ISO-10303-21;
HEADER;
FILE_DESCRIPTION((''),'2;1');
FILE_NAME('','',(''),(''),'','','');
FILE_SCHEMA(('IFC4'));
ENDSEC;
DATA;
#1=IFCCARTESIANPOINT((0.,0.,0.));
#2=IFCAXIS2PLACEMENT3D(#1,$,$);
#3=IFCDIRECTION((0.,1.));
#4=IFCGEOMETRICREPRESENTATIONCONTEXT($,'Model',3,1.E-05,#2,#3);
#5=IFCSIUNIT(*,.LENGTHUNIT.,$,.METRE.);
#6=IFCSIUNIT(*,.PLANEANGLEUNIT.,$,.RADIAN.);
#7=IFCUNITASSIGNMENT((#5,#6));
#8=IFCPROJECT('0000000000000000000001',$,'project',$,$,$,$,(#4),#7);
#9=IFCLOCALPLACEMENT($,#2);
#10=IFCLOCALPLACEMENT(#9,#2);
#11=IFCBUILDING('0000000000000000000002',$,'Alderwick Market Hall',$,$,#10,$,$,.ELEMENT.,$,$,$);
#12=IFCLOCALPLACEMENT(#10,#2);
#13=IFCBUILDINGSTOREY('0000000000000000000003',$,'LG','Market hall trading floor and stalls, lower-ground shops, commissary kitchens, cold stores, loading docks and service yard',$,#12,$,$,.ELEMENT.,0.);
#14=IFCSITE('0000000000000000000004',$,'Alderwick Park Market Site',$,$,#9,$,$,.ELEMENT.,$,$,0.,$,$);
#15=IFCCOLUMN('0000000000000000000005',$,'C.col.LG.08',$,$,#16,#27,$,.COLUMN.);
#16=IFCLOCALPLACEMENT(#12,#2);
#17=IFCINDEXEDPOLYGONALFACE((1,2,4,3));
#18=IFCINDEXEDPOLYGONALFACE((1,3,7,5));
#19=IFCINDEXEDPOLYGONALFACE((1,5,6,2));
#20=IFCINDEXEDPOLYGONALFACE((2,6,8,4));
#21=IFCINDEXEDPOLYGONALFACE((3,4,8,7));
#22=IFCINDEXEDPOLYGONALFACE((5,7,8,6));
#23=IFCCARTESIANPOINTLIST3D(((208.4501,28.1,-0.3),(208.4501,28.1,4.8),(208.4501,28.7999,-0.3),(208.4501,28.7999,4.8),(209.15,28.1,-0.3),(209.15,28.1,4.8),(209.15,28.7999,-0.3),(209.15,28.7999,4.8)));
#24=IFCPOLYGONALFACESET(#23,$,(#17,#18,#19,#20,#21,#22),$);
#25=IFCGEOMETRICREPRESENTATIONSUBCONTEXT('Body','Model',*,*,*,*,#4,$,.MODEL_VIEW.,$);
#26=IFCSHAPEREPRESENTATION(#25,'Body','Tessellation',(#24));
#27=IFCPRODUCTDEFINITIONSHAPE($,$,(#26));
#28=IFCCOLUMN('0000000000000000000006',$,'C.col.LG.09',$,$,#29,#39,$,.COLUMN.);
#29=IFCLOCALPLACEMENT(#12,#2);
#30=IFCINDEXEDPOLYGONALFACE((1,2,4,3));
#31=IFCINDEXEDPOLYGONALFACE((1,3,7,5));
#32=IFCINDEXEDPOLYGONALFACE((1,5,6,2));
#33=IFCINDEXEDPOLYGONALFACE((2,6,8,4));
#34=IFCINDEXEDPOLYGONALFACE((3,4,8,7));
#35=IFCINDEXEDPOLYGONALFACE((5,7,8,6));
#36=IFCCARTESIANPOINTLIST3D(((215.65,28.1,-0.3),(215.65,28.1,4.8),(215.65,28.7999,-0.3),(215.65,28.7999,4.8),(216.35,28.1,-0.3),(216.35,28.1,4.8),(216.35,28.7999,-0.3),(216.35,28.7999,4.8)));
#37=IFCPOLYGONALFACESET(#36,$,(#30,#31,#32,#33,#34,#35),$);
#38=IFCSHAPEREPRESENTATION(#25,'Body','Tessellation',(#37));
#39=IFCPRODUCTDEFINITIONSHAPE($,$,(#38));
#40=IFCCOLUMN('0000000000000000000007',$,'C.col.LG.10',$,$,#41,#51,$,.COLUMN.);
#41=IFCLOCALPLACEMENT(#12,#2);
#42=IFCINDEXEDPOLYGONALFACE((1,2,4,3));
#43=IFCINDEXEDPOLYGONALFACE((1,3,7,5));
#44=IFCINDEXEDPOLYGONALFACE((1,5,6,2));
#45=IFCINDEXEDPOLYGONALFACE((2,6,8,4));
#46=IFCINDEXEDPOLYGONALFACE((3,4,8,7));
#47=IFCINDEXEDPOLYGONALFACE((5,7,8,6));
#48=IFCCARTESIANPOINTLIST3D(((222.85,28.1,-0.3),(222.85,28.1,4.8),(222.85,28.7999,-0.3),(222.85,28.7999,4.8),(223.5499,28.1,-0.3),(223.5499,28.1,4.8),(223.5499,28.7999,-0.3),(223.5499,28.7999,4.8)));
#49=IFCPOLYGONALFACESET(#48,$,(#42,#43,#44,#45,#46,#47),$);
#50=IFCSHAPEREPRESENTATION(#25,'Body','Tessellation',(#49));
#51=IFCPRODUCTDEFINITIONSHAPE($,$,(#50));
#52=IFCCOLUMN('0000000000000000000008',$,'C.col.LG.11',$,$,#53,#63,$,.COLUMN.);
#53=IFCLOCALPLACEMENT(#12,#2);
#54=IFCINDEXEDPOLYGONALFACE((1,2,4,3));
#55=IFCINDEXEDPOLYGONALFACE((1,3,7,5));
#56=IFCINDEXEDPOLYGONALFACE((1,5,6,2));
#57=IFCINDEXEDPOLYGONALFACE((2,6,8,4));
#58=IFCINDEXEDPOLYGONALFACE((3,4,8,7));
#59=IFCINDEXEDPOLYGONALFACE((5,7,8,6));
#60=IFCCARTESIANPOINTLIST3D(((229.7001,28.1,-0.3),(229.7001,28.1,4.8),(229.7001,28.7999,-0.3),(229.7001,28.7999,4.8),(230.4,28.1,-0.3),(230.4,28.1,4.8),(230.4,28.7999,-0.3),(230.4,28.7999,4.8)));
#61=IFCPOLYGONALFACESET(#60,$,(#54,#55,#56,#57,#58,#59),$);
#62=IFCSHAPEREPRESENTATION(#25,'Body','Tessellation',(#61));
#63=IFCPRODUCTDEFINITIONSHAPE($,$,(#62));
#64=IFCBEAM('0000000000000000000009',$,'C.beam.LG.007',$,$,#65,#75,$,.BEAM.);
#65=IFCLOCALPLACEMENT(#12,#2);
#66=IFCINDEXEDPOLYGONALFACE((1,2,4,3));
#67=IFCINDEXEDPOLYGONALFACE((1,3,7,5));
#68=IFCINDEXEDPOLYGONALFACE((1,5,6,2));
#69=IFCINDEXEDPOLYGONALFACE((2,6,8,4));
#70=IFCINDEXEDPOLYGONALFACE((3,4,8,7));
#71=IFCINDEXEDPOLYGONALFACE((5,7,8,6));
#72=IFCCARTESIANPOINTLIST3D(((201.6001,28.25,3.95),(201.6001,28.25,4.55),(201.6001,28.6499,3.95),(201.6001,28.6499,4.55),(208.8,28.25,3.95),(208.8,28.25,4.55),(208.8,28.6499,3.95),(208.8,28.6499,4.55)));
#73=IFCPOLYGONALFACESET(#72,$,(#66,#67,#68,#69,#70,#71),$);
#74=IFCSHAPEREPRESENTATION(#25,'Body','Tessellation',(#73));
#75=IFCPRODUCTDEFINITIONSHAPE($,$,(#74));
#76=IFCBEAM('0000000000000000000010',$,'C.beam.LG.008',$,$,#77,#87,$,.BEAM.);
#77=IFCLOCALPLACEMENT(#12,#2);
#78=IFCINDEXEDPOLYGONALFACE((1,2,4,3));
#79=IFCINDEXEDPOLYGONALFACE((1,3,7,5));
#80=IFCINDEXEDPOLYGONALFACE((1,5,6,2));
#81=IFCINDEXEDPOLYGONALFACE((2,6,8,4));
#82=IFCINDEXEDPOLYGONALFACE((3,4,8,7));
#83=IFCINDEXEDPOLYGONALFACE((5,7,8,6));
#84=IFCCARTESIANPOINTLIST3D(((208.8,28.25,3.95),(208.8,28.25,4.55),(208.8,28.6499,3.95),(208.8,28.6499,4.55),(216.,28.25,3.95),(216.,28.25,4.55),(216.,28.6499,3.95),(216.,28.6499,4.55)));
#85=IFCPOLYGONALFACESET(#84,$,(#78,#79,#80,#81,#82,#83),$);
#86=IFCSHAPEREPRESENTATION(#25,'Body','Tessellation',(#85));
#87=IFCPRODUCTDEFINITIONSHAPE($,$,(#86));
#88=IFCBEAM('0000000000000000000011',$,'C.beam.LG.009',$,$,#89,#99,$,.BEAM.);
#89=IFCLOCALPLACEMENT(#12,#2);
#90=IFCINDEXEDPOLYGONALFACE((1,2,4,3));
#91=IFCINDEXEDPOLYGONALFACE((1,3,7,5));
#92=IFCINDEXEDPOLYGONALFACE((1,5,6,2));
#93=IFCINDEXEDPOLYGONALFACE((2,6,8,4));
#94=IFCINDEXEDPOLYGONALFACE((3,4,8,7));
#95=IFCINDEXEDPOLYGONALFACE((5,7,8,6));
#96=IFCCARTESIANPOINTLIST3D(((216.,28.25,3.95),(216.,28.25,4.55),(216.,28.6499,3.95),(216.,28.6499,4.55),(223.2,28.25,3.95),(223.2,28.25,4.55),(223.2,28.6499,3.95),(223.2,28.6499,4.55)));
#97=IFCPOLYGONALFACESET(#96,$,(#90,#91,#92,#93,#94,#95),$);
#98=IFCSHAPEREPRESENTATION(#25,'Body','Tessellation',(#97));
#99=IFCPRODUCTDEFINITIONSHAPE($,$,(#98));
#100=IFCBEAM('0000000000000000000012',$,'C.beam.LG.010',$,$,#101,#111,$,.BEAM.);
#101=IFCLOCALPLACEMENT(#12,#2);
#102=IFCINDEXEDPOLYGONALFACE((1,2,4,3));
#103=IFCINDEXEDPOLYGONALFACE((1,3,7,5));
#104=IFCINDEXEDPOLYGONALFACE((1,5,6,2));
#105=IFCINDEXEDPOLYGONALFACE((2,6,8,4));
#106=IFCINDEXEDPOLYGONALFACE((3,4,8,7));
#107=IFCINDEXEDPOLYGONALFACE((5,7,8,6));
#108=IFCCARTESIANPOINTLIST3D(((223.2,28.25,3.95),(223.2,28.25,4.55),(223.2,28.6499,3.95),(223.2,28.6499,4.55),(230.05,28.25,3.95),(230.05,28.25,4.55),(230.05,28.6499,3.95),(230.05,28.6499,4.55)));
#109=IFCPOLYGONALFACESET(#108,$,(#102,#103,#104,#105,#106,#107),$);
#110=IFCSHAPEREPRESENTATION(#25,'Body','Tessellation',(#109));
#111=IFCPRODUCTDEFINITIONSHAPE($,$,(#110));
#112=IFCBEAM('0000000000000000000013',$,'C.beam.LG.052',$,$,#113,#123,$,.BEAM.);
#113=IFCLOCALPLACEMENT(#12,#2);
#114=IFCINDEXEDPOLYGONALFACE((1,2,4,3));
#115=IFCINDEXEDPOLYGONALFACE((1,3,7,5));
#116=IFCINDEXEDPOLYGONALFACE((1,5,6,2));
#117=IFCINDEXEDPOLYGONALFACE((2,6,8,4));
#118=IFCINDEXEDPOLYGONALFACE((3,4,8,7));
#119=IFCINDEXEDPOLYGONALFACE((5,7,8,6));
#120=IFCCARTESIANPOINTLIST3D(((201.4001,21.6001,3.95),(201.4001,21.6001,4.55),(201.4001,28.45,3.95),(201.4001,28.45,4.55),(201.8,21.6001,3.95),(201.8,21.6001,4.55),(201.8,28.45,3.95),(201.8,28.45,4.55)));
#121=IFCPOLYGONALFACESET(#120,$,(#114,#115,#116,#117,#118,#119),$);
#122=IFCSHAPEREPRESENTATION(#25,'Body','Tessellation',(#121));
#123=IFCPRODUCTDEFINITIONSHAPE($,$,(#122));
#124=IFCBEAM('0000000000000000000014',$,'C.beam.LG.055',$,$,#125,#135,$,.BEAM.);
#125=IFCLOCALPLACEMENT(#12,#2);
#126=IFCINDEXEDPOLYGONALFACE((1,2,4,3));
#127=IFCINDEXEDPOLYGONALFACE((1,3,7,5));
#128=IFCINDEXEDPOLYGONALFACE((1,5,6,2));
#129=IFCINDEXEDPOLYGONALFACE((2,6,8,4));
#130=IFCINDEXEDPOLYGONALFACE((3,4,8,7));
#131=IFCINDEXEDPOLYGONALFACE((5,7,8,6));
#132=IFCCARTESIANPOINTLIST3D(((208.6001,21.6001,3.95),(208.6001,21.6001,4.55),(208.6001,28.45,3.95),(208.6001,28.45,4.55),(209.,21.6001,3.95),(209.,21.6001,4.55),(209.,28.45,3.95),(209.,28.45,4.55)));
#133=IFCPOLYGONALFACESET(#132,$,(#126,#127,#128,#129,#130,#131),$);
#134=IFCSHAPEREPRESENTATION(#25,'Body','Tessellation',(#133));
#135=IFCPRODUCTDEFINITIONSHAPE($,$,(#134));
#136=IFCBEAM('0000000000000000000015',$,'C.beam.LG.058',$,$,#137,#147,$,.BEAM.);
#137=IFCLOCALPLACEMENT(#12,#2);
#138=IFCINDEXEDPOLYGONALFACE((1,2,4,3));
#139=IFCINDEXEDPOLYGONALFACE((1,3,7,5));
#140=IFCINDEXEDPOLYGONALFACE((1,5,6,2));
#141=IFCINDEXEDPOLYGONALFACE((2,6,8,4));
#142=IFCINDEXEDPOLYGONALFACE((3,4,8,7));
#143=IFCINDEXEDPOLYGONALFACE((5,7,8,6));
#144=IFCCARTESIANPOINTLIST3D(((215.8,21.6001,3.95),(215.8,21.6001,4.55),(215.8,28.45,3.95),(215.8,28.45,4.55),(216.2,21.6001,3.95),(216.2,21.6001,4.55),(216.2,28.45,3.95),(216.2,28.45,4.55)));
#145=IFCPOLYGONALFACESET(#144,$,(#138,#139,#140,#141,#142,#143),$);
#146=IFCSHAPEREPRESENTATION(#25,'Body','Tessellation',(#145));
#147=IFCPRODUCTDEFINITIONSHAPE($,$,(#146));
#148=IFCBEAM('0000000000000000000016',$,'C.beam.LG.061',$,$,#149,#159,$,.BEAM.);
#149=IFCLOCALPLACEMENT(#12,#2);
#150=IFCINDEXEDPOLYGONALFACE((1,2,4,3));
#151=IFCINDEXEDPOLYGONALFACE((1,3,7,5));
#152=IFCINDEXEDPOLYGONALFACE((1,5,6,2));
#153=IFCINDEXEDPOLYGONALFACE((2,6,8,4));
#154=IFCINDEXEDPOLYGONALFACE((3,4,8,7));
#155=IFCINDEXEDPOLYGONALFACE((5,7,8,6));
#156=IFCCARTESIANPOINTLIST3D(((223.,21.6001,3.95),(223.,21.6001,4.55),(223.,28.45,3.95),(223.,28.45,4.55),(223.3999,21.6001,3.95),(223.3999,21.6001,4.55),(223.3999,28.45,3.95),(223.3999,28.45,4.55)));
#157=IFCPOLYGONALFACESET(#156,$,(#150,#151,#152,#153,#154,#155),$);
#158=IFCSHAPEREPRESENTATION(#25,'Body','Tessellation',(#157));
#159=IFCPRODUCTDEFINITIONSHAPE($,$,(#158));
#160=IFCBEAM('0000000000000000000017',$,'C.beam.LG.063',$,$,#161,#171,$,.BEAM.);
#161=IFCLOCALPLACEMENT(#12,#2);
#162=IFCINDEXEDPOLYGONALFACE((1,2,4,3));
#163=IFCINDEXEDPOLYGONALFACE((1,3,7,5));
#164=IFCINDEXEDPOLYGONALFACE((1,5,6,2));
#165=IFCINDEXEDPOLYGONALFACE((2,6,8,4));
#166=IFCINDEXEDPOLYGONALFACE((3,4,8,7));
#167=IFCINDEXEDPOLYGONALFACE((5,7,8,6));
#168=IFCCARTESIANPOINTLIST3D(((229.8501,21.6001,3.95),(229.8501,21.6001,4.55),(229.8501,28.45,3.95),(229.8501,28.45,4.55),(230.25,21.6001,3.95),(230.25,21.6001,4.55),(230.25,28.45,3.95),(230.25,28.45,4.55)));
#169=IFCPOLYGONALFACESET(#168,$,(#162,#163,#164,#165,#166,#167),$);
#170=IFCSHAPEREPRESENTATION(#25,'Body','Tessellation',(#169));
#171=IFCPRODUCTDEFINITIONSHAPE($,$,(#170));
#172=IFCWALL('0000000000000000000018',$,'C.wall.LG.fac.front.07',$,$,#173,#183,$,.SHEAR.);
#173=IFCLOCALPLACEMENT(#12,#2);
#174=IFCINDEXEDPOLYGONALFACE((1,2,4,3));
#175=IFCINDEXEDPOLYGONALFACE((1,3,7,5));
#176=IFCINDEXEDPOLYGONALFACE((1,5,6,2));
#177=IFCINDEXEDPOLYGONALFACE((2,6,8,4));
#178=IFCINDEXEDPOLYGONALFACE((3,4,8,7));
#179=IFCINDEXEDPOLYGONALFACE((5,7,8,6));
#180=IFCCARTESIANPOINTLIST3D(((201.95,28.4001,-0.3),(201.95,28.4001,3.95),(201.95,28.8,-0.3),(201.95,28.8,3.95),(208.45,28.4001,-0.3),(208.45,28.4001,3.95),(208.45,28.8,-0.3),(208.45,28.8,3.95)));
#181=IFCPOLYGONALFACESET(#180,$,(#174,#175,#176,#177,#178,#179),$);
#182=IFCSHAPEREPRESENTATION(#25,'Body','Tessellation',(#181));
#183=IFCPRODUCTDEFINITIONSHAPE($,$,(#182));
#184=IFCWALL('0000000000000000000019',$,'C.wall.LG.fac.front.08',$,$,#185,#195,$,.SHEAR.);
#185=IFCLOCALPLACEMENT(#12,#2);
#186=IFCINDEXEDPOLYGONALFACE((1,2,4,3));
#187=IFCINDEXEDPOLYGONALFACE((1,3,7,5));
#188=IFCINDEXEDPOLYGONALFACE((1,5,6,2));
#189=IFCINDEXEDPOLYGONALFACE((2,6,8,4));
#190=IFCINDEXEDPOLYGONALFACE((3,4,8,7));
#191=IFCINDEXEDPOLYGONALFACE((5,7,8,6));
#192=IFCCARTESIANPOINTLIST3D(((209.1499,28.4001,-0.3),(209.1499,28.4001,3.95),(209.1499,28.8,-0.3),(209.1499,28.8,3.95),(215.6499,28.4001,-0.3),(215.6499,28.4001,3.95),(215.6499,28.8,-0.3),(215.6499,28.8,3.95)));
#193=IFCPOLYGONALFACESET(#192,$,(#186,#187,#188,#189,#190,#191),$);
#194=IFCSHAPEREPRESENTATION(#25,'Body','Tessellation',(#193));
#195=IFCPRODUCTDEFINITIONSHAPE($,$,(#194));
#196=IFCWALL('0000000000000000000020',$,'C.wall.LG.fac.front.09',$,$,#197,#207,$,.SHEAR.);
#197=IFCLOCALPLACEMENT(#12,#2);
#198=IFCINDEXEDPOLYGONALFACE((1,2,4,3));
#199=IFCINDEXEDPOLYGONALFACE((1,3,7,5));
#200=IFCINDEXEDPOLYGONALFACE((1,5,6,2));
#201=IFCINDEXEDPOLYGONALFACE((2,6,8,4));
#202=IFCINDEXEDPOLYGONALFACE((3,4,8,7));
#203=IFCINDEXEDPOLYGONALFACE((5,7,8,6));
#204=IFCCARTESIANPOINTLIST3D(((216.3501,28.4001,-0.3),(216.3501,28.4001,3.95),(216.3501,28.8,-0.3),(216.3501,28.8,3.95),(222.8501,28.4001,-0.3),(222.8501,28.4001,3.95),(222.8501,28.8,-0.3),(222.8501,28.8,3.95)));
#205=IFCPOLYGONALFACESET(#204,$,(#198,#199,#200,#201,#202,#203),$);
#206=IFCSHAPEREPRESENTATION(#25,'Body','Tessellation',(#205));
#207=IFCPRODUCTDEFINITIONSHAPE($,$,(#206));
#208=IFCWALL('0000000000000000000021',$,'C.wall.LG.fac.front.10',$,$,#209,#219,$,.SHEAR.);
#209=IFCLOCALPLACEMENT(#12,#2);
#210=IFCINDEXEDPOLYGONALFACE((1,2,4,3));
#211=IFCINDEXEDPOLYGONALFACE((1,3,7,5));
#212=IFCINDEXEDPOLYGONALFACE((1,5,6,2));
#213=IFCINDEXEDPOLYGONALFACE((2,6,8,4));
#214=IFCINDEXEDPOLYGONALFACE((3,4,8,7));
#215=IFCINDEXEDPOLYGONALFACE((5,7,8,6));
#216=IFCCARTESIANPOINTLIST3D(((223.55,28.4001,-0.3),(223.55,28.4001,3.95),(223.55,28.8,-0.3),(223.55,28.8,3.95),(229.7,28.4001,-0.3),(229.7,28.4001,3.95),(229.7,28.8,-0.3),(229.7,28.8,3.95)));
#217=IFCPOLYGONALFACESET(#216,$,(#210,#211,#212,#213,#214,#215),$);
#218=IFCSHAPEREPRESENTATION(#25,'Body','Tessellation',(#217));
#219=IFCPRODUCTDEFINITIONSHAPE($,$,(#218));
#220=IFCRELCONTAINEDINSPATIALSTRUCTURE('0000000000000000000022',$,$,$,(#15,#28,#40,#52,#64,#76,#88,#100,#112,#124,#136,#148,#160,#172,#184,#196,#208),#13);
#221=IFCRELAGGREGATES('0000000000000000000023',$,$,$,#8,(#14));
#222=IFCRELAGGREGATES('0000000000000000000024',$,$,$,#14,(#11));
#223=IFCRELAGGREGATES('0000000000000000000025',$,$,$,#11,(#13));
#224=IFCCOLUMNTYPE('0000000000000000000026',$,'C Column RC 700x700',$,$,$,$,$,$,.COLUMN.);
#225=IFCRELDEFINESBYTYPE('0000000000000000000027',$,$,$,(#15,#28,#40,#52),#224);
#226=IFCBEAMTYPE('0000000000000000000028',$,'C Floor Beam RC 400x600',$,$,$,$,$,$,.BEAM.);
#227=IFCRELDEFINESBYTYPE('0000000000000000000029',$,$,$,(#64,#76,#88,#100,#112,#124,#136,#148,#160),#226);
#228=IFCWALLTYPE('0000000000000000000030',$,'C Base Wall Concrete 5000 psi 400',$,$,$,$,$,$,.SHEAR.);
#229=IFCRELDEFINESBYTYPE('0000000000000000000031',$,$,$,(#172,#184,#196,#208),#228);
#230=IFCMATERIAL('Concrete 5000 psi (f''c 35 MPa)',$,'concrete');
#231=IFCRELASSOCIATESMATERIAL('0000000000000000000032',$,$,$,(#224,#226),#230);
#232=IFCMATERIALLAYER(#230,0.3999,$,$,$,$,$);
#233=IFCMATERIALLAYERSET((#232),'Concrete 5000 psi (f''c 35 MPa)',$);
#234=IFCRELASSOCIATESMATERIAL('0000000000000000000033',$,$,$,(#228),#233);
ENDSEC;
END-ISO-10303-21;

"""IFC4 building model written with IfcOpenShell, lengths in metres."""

from ifc_helpers import new_model, si_unit, direction, frame, frame_2d, origin, origin_2d, place, context, subcontext, project, spatial, rectangle, extrude, material, layer, layer_set, material_profile, profile_set, type_object, element, save


model = new_model("IFC4")

# Units and contexts
model_context = context("Model", 3, precision=1e-05, world=origin(), true_north=direction((0.0, 1.0)))
body_context = subcontext(model_context, "Body", "Model", "MODEL_VIEW")
ifc_project = project(units=[si_unit("LENGTHUNIT", "METRE"), si_unit("PLANEANGLEUNIT", "RADIAN")], contexts=[model_context])

# Site, building, storey
site_placement = place(None, origin())
site = spatial("IfcSite", under=ifc_project, at=site_placement, Name="Alderwick Park Market Site", CompositionType="ELEMENT", RefElevation=0.0)
building_placement = place(site_placement, origin())
building = spatial("IfcBuilding", under=site, at=building_placement, Name="Alderwick Market Hall", CompositionType="ELEMENT")
storey_placement = place(building_placement, origin())
storey = spatial("IfcBuildingStorey", under=building, at=storey_placement, Name="LG", Description="Market hall trading floor and stalls, lower-ground shops, commissary kitchens, cold stores, loading docks and service yard", CompositionType="ELEMENT", Elevation=0.0)

# Columns
ifc_material = material(Name="Concrete 5000 psi (f'c 35 MPa)", Category="concrete")
ifc_material_profile_1 = material_profile(ifc_material, rectangle(XDim=0.7, YDim=0.7, at=origin_2d()), Name="RC 700x700")
ifc_profile_set_1 = profile_set([ifc_material_profile_1], Name="Concrete 5000 psi (f'c 35 MPa)")
column_type = type_object("IfcColumnType", Name="C Column RC 700x700", PredefinedType="COLUMN", material=ifc_profile_set_1)
for number, where, z_axis, x_axis, name in (
    (1, (208.8, 28.45, -0.3), (0.0, 0.0, 1.0), (1.0, 0.0, 0.0), "C.col.LG.08"),
    (2, (216.0, 28.45, -0.3), (0.0, 0.0, 1.0), (1.0, 0.0, 0.0), "C.col.LG.09"),
    (3, (223.2, 28.45, -0.3), (0.0, 0.0, 1.0), (1.0, 0.0, 0.0), "C.col.LG.10"),
    (4, (230.05, 28.45, -0.3), (0.0, 0.0, 1.0), (1.0, 0.0, 0.0), "C.col.LG.11"),
):
    element("IfcColumn", number, at=place(storey_placement, frame(where, z_axis=z_axis, x_axis=x_axis)), inside=storey, type_object=column_type, Name=name, PredefinedType="COLUMN", context=body_context, shape_type="SweptSolid", body=[
        extrude(rectangle(XDim=0.7, YDim=0.7, at=origin_2d()), origin(), (0.0, 0.0, 1.0), 5.1001),
    ])

# Beams
ifc_material_profile_2 = material_profile(ifc_material, rectangle(XDim=0.3999, YDim=0.6001, at=origin_2d()), Name="RC 400x600")
ifc_profile_set_2 = profile_set([ifc_material_profile_2], Name="Concrete 5000 psi (f'c 35 MPa)")
beam_type = type_object("IfcBeamType", Name="C Floor Beam RC 400x600", PredefinedType="BEAM", material=ifc_profile_set_2)
for number, where, z_axis, x_axis, name in (
    (5, (201.6001, 28.45, 4.25), (1.0, 0.0, 0.0), (0.0, 1.0, 0.0), "C.beam.LG.007"),
    (6, (208.8, 28.45, 4.25), (1.0, 0.0, 0.0), (0.0, 1.0, 0.0), "C.beam.LG.008"),
    (7, (216.0, 28.45, 4.25), (1.0, 0.0, 0.0), (0.0, 1.0, 0.0), "C.beam.LG.009"),
):
    element("IfcBeam", number, at=place(storey_placement, frame(where, z_axis=z_axis, x_axis=x_axis)), inside=storey, type_object=beam_type, Name=name, PredefinedType="BEAM", context=body_context, shape_type="SweptSolid", body=[
        extrude(rectangle(XDim=0.3999, YDim=0.6001, at=origin_2d()), origin(), (0.0, 0.0, 1.0), 7.2),
    ])
beam_placement = place(storey_placement, frame((223.2, 28.45, 4.25), z_axis=(1.0, 0.0, 0.0), x_axis=(0.0, 1.0, 0.0)))
element("IfcBeam", 8, at=beam_placement, inside=storey, type_object=beam_type, Name="C.beam.LG.010", PredefinedType="BEAM", context=body_context, shape_type="SweptSolid", body=[
    extrude(rectangle(XDim=0.3999, YDim=0.6001, at=origin_2d()), origin(), (0.0, 0.0, 1.0), 6.8501),
])
for number, where, z_axis, x_axis, name in (
    (9, (201.6001, 28.45, 4.25), (0.0, -1.0, 0.0), (1.0, 0.0, 0.0), "C.beam.LG.052"),
    (10, (208.8, 28.45, 4.25), (0.0, -1.0, 0.0), (1.0, 0.0, 0.0), "C.beam.LG.055"),
    (11, (216.0, 28.45, 4.25), (0.0, -1.0, 0.0), (1.0, 0.0, 0.0), "C.beam.LG.058"),
    (12, (223.2, 28.45, 4.25), (0.0, -1.0, 0.0), (1.0, 0.0, 0.0), "C.beam.LG.061"),
    (13, (230.05, 28.45, 4.25), (0.0, -1.0, 0.0), (1.0, 0.0, 0.0), "C.beam.LG.063"),
):
    element("IfcBeam", number, at=place(storey_placement, frame(where, z_axis=z_axis, x_axis=x_axis)), inside=storey, type_object=beam_type, Name=name, PredefinedType="BEAM", context=body_context, shape_type="SweptSolid", body=[
        extrude(rectangle(XDim=0.3999, YDim=0.6001, at=origin_2d()), origin(), (0.0, 0.0, 1.0), 6.8499),
    ])

# Walls
ifc_layer_1 = layer(ifc_material, 0.3999)
ifc_layer_set_1 = layer_set([ifc_layer_1], Name="Concrete 5000 psi (f'c 35 MPa)")
wall_type_1 = type_object("IfcWallType", Name="C Base Wall Concrete 5000 psi 400", PredefinedType="SHEAR", material=ifc_layer_set_1)
for number, where, z_axis, x_axis, name in (
    (14, (201.95, 28.6001, -0.3), (0.0, 0.0, 1.0), (1.0, 0.0, 0.0), "C.wall.LG.fac.front.07"),
    (15, (209.1499, 28.6001, -0.3), (0.0, 0.0, 1.0), (1.0, 0.0, 0.0), "C.wall.LG.fac.front.08"),
    (16, (216.3501, 28.6001, -0.3), (0.0, 0.0, 1.0), (1.0, 0.0, 0.0), "C.wall.LG.fac.front.09"),
):
    element("IfcWall", number, at=place(storey_placement, frame(where, z_axis=z_axis, x_axis=x_axis)), inside=storey, type_object=wall_type_1, Name=name, PredefinedType="SHEAR", context=body_context, shape_type="SweptSolid", body=[
        extrude(rectangle(XDim=6.5, YDim=0.3999, at=frame_2d((3.25, 0.0))), origin(), (0.0, 0.0, 1.0), 4.25),
    ])
wall_1_placement = place(storey_placement, frame((223.55, 28.6001, -0.3), z_axis=(0.0, 0.0, 1.0), x_axis=(1.0, 0.0, 0.0)))
element("IfcWall", 17, at=wall_1_placement, inside=storey, type_object=wall_type_1, Name="C.wall.LG.fac.front.10", PredefinedType="SHEAR", context=body_context, shape_type="SweptSolid", body=[
    extrude(rectangle(XDim=6.1499, YDim=0.3999, at=frame_2d((3.075, 0.0))), origin(), (0.0, 0.0, 1.0), 4.25),
])

save(model, "model.ifc")
